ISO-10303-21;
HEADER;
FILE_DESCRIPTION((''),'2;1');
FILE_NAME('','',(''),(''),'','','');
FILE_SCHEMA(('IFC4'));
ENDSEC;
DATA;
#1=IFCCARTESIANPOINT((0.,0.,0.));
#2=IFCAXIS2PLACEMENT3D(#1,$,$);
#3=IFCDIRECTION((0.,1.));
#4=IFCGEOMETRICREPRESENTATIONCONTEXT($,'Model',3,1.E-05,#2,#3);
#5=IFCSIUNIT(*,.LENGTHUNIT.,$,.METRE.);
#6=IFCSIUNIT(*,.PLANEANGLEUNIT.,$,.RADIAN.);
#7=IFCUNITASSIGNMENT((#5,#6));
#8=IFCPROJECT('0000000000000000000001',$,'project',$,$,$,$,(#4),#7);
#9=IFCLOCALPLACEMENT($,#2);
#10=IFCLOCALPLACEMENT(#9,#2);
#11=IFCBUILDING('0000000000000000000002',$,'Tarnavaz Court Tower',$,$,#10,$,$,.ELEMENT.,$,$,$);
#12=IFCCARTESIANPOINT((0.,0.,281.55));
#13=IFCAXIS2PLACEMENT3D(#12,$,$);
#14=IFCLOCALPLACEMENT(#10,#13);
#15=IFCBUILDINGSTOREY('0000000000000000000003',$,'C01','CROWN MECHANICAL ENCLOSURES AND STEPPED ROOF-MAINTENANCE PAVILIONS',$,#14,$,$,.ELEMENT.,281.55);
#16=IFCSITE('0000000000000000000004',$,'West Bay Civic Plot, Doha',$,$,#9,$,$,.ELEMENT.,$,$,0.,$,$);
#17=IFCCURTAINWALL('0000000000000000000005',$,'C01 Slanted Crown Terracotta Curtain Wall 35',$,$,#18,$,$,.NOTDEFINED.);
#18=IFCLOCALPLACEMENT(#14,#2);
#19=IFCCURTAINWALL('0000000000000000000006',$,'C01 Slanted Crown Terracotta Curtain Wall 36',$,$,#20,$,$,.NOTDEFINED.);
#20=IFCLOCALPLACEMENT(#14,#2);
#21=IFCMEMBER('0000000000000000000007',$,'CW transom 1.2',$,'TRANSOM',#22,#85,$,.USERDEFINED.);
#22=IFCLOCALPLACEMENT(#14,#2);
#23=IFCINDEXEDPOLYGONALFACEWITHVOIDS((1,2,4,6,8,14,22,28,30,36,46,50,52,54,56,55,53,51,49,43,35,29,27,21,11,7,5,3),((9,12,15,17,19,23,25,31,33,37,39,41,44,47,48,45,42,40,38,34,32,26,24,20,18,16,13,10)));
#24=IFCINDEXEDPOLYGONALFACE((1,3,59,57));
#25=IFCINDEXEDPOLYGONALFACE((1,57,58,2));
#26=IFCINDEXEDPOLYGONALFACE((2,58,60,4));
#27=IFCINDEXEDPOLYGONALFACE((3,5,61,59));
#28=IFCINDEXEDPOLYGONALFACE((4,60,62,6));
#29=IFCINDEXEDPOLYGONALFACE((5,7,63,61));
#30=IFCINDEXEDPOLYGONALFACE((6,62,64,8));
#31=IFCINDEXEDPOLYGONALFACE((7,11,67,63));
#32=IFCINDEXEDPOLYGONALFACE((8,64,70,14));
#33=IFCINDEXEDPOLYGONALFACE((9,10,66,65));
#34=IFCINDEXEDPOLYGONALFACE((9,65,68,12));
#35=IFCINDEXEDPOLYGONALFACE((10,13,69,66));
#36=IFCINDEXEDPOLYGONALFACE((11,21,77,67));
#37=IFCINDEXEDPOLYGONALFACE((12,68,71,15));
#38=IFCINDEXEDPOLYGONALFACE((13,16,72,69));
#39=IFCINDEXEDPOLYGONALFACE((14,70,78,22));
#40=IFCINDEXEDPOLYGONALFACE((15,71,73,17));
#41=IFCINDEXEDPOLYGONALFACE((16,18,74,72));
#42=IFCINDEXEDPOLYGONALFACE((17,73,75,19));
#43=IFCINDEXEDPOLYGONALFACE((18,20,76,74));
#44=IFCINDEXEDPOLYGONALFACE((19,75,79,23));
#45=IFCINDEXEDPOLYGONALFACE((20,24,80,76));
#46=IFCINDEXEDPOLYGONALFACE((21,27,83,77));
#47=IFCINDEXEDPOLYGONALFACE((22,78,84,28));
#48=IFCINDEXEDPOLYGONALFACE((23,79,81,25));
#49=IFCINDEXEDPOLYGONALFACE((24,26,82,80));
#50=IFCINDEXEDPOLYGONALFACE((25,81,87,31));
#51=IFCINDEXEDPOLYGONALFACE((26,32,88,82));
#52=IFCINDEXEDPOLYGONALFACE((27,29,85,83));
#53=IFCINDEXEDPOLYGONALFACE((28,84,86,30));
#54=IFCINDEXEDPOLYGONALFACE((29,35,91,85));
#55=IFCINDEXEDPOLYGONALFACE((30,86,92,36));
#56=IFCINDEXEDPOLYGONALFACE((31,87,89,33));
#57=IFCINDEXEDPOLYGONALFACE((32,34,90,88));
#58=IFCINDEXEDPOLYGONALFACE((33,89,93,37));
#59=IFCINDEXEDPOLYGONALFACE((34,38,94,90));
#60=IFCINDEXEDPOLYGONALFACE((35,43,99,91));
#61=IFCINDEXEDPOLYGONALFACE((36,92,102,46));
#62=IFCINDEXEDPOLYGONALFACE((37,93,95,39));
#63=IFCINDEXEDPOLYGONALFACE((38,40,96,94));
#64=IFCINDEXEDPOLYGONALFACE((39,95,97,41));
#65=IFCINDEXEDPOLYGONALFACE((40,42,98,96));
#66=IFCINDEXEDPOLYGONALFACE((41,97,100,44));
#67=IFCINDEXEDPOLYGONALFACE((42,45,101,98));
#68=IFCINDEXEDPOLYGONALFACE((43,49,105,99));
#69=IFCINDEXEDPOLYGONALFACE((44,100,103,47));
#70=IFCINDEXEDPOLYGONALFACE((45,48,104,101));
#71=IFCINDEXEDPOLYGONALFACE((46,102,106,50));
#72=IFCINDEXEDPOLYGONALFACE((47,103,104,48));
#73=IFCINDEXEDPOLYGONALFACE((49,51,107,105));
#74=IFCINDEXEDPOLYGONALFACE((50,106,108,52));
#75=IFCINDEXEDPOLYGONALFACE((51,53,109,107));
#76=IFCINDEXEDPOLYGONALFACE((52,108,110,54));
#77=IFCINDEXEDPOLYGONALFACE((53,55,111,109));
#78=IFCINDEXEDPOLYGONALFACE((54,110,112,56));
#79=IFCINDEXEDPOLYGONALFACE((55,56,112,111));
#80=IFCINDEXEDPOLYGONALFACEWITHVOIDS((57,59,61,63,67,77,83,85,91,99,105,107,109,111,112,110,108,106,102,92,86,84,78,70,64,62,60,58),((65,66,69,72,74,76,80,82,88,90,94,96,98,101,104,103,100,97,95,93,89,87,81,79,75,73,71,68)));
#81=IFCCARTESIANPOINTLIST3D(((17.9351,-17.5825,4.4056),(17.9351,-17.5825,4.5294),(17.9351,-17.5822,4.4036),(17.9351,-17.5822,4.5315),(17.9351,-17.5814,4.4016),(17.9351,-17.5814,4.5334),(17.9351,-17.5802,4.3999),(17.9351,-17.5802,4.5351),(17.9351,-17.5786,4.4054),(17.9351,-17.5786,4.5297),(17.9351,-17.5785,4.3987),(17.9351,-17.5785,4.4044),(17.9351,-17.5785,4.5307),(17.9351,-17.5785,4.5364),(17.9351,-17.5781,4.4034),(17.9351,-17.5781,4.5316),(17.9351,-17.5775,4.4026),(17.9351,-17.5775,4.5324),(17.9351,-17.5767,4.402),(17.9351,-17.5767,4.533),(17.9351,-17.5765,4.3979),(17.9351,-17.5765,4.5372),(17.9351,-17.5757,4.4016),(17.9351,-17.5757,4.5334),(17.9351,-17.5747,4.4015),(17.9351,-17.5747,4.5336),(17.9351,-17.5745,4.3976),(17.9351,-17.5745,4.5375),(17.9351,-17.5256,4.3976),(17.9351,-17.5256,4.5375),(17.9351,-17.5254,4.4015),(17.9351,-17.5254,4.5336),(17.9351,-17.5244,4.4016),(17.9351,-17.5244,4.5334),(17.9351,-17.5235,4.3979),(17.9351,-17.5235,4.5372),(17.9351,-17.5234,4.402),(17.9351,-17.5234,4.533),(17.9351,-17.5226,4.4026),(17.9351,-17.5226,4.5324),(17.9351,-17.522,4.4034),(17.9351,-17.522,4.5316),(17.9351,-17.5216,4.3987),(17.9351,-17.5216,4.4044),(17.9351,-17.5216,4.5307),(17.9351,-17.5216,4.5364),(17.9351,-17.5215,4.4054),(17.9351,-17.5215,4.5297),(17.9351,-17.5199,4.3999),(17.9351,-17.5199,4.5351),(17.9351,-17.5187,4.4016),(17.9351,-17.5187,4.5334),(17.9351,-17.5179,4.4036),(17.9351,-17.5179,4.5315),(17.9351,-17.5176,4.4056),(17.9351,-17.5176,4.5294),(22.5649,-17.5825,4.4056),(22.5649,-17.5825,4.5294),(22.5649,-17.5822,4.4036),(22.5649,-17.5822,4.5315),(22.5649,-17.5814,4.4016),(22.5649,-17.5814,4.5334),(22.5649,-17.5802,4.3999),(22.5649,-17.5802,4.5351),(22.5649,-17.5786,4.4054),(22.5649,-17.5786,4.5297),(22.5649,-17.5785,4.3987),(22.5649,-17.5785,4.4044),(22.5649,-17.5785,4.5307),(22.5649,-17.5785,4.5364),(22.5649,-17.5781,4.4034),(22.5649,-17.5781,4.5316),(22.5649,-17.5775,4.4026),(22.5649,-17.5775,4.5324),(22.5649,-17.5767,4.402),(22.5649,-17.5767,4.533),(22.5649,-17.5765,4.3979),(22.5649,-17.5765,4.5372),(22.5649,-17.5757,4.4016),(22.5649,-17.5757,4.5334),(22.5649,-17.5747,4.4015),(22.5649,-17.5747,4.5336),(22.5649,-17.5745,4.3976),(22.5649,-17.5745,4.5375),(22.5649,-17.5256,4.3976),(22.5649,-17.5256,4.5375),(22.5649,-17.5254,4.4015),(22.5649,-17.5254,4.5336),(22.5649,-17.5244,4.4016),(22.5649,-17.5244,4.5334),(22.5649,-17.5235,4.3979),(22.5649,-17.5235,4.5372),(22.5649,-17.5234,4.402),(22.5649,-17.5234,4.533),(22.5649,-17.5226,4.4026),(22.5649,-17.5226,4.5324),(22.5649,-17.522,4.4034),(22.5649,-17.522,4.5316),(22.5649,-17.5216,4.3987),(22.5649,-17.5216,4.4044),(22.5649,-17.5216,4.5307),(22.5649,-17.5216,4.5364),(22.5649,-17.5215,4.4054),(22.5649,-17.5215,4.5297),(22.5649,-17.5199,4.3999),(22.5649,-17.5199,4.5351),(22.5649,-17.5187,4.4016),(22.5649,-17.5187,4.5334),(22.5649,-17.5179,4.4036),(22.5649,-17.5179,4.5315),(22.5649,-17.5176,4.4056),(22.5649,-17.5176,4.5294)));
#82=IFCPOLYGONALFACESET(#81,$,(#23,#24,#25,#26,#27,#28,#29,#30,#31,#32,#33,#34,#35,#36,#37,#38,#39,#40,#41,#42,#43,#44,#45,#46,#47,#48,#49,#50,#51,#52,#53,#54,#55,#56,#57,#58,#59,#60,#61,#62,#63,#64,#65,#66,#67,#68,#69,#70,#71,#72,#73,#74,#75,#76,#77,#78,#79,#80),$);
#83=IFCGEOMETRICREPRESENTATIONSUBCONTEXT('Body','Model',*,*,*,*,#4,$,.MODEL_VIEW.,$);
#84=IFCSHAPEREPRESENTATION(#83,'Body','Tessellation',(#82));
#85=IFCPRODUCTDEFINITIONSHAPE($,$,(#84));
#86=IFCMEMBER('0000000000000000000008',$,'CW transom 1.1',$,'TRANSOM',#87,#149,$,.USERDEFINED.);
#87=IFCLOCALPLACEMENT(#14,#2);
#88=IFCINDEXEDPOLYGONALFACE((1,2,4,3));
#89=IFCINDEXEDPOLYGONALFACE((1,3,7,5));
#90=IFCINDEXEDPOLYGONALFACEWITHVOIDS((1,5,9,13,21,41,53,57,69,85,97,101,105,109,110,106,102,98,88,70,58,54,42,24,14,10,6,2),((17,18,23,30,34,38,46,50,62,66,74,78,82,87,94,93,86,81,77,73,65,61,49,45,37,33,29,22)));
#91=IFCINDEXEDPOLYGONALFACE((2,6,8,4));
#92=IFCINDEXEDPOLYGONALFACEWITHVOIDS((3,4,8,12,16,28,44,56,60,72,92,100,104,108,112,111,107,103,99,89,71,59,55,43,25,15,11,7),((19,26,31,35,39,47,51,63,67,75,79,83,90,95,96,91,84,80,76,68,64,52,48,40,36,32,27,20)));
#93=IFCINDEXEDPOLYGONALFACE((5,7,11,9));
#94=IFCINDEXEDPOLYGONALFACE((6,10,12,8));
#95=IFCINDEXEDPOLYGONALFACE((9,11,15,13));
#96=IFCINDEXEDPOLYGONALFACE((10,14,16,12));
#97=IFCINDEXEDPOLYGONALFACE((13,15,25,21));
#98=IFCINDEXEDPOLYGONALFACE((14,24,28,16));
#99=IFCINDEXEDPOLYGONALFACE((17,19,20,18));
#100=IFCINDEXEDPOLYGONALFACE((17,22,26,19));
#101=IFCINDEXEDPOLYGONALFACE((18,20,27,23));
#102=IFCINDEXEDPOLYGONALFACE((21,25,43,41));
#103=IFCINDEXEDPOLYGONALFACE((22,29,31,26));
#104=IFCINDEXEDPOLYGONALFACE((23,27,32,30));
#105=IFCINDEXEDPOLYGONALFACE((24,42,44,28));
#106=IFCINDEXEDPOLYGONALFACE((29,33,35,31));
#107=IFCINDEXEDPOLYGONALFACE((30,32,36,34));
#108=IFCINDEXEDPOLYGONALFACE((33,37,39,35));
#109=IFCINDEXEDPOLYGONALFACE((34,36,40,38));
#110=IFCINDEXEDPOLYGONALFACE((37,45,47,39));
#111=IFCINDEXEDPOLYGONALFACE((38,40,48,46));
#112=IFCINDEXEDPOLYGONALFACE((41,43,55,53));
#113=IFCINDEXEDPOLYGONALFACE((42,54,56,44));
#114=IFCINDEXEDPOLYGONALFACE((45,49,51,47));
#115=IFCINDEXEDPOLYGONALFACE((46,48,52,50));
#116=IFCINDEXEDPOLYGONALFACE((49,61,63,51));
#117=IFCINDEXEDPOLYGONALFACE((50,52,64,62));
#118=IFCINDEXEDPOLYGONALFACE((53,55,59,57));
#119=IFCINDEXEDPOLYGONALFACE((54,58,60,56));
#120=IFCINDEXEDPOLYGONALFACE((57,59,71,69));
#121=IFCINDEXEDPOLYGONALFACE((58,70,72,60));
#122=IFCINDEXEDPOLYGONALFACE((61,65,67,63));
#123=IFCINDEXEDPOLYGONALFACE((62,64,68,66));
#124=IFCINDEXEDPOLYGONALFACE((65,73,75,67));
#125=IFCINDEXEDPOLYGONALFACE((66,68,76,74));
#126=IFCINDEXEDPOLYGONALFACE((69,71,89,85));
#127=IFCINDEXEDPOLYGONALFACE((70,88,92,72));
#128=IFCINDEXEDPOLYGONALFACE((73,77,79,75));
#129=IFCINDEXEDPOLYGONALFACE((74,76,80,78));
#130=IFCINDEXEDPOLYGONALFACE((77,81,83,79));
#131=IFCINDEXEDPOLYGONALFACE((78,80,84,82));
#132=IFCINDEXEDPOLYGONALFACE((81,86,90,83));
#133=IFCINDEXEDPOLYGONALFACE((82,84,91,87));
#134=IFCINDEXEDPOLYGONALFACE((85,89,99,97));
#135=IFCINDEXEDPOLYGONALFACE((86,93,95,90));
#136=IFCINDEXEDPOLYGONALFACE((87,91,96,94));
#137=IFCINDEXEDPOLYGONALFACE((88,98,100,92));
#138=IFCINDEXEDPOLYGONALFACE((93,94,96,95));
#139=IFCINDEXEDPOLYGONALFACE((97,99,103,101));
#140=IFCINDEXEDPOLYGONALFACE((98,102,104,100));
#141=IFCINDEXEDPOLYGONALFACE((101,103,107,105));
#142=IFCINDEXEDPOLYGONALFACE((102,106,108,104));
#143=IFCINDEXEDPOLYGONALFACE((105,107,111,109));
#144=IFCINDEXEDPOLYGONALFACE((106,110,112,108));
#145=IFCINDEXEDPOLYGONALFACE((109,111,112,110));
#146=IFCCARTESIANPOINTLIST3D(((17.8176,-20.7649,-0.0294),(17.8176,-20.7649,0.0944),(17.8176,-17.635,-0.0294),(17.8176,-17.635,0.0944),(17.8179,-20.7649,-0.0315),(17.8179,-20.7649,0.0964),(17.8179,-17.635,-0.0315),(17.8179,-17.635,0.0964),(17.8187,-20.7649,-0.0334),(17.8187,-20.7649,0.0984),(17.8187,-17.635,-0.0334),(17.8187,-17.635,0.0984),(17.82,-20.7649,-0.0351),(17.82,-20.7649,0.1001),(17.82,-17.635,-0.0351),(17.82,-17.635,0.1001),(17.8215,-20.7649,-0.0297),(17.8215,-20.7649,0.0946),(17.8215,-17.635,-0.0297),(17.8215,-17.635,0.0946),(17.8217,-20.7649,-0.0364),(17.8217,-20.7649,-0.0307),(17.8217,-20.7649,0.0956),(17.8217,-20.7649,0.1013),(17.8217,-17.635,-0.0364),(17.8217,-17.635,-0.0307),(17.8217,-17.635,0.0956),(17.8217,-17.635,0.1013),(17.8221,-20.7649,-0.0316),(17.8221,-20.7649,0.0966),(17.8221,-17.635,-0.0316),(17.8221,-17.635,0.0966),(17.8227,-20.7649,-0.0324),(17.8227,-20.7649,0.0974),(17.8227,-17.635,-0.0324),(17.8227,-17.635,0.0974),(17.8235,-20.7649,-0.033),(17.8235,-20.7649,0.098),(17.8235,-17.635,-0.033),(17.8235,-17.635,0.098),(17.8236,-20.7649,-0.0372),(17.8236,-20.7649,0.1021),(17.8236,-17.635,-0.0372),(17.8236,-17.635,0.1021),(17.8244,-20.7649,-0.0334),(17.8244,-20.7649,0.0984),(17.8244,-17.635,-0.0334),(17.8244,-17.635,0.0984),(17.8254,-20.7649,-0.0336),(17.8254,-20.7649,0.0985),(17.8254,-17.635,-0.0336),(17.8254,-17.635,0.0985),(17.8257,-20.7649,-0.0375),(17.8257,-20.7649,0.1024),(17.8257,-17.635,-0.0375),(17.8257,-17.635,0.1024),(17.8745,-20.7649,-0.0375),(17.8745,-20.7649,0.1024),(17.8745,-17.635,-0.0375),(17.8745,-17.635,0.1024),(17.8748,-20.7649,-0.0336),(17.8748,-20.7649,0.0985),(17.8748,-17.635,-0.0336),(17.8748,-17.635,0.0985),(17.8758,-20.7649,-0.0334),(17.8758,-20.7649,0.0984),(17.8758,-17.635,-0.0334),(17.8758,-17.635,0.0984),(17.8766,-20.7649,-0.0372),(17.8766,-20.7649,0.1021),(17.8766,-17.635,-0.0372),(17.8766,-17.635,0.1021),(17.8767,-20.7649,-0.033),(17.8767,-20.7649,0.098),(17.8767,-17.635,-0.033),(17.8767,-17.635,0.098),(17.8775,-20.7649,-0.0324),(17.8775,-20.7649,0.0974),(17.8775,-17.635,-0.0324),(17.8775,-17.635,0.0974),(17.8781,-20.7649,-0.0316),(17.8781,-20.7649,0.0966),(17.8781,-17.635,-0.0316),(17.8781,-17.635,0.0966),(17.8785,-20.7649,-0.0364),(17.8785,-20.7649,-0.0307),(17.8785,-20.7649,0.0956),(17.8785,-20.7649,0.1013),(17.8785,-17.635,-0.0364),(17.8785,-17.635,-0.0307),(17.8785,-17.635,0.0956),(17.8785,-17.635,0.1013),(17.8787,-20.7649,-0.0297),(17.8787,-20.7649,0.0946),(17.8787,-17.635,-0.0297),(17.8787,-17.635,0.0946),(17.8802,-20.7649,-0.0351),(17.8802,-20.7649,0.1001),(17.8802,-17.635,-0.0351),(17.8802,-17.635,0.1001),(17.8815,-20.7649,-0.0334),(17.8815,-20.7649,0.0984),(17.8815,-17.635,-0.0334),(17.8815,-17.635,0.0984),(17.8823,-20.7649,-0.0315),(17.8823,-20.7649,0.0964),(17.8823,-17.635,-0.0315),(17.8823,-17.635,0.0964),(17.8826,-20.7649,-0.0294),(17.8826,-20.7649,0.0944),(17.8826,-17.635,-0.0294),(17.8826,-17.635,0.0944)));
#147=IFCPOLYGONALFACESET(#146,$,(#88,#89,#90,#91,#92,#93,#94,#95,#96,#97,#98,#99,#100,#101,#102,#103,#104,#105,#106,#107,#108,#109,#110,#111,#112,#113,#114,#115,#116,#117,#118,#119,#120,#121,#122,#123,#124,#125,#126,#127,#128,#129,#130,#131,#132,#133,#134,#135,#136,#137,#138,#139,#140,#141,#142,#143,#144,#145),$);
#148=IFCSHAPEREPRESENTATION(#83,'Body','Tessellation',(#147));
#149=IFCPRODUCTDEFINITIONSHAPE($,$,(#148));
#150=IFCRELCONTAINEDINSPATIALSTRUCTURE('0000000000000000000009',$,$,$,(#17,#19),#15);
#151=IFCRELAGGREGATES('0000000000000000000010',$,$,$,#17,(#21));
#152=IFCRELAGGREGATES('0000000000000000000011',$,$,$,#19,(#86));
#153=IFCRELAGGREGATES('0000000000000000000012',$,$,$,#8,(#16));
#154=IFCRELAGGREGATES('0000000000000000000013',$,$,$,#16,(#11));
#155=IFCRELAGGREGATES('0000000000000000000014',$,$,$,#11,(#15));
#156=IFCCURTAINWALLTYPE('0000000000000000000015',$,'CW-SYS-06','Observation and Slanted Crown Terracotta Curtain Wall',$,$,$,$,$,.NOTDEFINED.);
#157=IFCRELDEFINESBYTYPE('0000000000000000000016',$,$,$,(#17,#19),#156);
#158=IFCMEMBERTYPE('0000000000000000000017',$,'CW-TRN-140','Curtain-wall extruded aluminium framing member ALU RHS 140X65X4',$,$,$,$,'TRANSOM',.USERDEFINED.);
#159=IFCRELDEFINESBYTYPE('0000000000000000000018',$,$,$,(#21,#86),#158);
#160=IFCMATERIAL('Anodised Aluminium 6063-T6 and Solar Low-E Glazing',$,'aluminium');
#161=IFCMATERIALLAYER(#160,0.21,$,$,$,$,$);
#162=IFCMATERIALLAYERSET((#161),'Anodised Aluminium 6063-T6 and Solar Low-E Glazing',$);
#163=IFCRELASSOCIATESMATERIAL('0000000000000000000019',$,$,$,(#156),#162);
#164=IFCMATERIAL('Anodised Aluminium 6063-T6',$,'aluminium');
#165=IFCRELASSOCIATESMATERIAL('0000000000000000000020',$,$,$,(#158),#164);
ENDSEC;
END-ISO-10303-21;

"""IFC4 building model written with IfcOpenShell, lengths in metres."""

from ifc_helpers import new_model, si_unit, direction, frame, origin, origin_2d, place, context, subcontext, project, spatial, hollow_rectangle, extrude, material, layer, layer_set, material_profile, profile_set, type_object, element, aggregate, save


model = new_model("IFC4")

# Units and contexts
model_context = context("Model", 3, precision=1e-05, world=origin(), true_north=direction((0.0, 1.0)))
body_context = subcontext(model_context, "Body", "Model", "MODEL_VIEW")
ifc_project = project(units=[si_unit("LENGTHUNIT", "METRE"), si_unit("PLANEANGLEUNIT", "RADIAN")], contexts=[model_context])

# Site, building, storey
site_placement = place(None, origin())
site = spatial("IfcSite", under=ifc_project, at=site_placement, Name="West Bay Civic Plot, Doha", CompositionType="ELEMENT", RefElevation=0.0)
building_placement = place(site_placement, origin())
building = spatial("IfcBuilding", under=site, at=building_placement, Name="Tarnavaz Court Tower", CompositionType="ELEMENT")
storey_placement = place(building_placement, frame((0.0, 0.0, 281.55)))
storey = spatial("IfcBuildingStorey", under=building, at=storey_placement, Name="C01", Description="CROWN MECHANICAL ENCLOSURES AND STEPPED ROOF-MAINTENANCE PAVILIONS", CompositionType="ELEMENT", Elevation=281.55)

# Shared definitions
ifc_material_1 = material(Name="Anodised Aluminium 6063-T6 and Solar Low-E Glazing", Category="aluminium")
ifc_layer_1 = layer(ifc_material_1, 0.21)
ifc_layer_set_1 = layer_set([ifc_layer_1], Name="Anodised Aluminium 6063-T6 and Solar Low-E Glazing")
curtain_wall_type = type_object("IfcCurtainWallType", Name="CW-SYS-06", Description="Observation and Slanted Crown Terracotta Curtain Wall", PredefinedType="NOTDEFINED", material=ifc_layer_set_1)
ifc_material_2 = material(Name="Anodised Aluminium 6063-T6", Category="aluminium")

# Curtain walls
curtain_wall_1_placement = place(storey_placement, origin())
curtain_wall_1 = element("IfcCurtainWall", 1, at=curtain_wall_1_placement, inside=storey, type_object=curtain_wall_type, Name="C01 Slanted Crown Terracotta Curtain Wall 35", PredefinedType="NOTDEFINED")
curtain_wall_2_placement = place(storey_placement, origin())
curtain_wall_2 = element("IfcCurtainWall", 2, at=curtain_wall_2_placement, inside=storey, type_object=curtain_wall_type, Name="C01 Slanted Crown Terracotta Curtain Wall 36", PredefinedType="NOTDEFINED")

# Members
ifc_material_profile_1 = material_profile(ifc_material_2, hollow_rectangle(XDim=0.0649, YDim=0.1399, WallThickness=0.0039, InnerFilletRadius=0.0039, OuterFilletRadius=0.0081, at=origin_2d()), Name="ALU RHS 140X65X4")
ifc_profile_set_1 = profile_set([ifc_material_profile_1], Name="Anodised Aluminium 6063-T6")
member_type_1 = type_object("IfcMemberType", Name="CW-TRN-140", Description="Curtain-wall extruded aluminium framing member ALU RHS 140X65X4", ElementType="TRANSOM", PredefinedType="USERDEFINED", material=ifc_profile_set_1)
member_1_placement = place(storey_placement, frame((22.5649, -17.55, 4.4675), z_axis=(-1.0, 0.0, 0.0), x_axis=(0.0, -1.0, 0.0)))
member_1 = element("IfcMember", 3, at=member_1_placement, type_object=member_type_1, Name="CW transom 1.2", ObjectType="TRANSOM", PredefinedType="USERDEFINED", context=body_context, shape_type="SweptSolid", body=[
    extrude(hollow_rectangle(XDim=0.0649, YDim=0.1399, WallThickness=0.0039, InnerFilletRadius=0.0039, OuterFilletRadius=0.0081, at=origin_2d()), origin(), (0.0, 0.0, 1.0), 4.6299),
])
member_2_placement = place(storey_placement, frame((17.8501, -17.635, 0.0325), z_axis=(0.0, -1.0, 0.0), x_axis=(1.0, 0.0, 0.0)))
member_2 = element("IfcMember", 4, at=member_2_placement, type_object=member_type_1, Name="CW transom 1.1", ObjectType="TRANSOM", PredefinedType="USERDEFINED", context=body_context, shape_type="SweptSolid", body=[
    extrude(hollow_rectangle(XDim=0.0649, YDim=0.1399, WallThickness=0.0039, InnerFilletRadius=0.0039, OuterFilletRadius=0.0081, at=origin_2d()), origin(), (0.0, 0.0, 1.0), 3.1299),
])

aggregate(curtain_wall_1, [member_1])
aggregate(curtain_wall_2, [member_2])

save(model, "model.ifc")
